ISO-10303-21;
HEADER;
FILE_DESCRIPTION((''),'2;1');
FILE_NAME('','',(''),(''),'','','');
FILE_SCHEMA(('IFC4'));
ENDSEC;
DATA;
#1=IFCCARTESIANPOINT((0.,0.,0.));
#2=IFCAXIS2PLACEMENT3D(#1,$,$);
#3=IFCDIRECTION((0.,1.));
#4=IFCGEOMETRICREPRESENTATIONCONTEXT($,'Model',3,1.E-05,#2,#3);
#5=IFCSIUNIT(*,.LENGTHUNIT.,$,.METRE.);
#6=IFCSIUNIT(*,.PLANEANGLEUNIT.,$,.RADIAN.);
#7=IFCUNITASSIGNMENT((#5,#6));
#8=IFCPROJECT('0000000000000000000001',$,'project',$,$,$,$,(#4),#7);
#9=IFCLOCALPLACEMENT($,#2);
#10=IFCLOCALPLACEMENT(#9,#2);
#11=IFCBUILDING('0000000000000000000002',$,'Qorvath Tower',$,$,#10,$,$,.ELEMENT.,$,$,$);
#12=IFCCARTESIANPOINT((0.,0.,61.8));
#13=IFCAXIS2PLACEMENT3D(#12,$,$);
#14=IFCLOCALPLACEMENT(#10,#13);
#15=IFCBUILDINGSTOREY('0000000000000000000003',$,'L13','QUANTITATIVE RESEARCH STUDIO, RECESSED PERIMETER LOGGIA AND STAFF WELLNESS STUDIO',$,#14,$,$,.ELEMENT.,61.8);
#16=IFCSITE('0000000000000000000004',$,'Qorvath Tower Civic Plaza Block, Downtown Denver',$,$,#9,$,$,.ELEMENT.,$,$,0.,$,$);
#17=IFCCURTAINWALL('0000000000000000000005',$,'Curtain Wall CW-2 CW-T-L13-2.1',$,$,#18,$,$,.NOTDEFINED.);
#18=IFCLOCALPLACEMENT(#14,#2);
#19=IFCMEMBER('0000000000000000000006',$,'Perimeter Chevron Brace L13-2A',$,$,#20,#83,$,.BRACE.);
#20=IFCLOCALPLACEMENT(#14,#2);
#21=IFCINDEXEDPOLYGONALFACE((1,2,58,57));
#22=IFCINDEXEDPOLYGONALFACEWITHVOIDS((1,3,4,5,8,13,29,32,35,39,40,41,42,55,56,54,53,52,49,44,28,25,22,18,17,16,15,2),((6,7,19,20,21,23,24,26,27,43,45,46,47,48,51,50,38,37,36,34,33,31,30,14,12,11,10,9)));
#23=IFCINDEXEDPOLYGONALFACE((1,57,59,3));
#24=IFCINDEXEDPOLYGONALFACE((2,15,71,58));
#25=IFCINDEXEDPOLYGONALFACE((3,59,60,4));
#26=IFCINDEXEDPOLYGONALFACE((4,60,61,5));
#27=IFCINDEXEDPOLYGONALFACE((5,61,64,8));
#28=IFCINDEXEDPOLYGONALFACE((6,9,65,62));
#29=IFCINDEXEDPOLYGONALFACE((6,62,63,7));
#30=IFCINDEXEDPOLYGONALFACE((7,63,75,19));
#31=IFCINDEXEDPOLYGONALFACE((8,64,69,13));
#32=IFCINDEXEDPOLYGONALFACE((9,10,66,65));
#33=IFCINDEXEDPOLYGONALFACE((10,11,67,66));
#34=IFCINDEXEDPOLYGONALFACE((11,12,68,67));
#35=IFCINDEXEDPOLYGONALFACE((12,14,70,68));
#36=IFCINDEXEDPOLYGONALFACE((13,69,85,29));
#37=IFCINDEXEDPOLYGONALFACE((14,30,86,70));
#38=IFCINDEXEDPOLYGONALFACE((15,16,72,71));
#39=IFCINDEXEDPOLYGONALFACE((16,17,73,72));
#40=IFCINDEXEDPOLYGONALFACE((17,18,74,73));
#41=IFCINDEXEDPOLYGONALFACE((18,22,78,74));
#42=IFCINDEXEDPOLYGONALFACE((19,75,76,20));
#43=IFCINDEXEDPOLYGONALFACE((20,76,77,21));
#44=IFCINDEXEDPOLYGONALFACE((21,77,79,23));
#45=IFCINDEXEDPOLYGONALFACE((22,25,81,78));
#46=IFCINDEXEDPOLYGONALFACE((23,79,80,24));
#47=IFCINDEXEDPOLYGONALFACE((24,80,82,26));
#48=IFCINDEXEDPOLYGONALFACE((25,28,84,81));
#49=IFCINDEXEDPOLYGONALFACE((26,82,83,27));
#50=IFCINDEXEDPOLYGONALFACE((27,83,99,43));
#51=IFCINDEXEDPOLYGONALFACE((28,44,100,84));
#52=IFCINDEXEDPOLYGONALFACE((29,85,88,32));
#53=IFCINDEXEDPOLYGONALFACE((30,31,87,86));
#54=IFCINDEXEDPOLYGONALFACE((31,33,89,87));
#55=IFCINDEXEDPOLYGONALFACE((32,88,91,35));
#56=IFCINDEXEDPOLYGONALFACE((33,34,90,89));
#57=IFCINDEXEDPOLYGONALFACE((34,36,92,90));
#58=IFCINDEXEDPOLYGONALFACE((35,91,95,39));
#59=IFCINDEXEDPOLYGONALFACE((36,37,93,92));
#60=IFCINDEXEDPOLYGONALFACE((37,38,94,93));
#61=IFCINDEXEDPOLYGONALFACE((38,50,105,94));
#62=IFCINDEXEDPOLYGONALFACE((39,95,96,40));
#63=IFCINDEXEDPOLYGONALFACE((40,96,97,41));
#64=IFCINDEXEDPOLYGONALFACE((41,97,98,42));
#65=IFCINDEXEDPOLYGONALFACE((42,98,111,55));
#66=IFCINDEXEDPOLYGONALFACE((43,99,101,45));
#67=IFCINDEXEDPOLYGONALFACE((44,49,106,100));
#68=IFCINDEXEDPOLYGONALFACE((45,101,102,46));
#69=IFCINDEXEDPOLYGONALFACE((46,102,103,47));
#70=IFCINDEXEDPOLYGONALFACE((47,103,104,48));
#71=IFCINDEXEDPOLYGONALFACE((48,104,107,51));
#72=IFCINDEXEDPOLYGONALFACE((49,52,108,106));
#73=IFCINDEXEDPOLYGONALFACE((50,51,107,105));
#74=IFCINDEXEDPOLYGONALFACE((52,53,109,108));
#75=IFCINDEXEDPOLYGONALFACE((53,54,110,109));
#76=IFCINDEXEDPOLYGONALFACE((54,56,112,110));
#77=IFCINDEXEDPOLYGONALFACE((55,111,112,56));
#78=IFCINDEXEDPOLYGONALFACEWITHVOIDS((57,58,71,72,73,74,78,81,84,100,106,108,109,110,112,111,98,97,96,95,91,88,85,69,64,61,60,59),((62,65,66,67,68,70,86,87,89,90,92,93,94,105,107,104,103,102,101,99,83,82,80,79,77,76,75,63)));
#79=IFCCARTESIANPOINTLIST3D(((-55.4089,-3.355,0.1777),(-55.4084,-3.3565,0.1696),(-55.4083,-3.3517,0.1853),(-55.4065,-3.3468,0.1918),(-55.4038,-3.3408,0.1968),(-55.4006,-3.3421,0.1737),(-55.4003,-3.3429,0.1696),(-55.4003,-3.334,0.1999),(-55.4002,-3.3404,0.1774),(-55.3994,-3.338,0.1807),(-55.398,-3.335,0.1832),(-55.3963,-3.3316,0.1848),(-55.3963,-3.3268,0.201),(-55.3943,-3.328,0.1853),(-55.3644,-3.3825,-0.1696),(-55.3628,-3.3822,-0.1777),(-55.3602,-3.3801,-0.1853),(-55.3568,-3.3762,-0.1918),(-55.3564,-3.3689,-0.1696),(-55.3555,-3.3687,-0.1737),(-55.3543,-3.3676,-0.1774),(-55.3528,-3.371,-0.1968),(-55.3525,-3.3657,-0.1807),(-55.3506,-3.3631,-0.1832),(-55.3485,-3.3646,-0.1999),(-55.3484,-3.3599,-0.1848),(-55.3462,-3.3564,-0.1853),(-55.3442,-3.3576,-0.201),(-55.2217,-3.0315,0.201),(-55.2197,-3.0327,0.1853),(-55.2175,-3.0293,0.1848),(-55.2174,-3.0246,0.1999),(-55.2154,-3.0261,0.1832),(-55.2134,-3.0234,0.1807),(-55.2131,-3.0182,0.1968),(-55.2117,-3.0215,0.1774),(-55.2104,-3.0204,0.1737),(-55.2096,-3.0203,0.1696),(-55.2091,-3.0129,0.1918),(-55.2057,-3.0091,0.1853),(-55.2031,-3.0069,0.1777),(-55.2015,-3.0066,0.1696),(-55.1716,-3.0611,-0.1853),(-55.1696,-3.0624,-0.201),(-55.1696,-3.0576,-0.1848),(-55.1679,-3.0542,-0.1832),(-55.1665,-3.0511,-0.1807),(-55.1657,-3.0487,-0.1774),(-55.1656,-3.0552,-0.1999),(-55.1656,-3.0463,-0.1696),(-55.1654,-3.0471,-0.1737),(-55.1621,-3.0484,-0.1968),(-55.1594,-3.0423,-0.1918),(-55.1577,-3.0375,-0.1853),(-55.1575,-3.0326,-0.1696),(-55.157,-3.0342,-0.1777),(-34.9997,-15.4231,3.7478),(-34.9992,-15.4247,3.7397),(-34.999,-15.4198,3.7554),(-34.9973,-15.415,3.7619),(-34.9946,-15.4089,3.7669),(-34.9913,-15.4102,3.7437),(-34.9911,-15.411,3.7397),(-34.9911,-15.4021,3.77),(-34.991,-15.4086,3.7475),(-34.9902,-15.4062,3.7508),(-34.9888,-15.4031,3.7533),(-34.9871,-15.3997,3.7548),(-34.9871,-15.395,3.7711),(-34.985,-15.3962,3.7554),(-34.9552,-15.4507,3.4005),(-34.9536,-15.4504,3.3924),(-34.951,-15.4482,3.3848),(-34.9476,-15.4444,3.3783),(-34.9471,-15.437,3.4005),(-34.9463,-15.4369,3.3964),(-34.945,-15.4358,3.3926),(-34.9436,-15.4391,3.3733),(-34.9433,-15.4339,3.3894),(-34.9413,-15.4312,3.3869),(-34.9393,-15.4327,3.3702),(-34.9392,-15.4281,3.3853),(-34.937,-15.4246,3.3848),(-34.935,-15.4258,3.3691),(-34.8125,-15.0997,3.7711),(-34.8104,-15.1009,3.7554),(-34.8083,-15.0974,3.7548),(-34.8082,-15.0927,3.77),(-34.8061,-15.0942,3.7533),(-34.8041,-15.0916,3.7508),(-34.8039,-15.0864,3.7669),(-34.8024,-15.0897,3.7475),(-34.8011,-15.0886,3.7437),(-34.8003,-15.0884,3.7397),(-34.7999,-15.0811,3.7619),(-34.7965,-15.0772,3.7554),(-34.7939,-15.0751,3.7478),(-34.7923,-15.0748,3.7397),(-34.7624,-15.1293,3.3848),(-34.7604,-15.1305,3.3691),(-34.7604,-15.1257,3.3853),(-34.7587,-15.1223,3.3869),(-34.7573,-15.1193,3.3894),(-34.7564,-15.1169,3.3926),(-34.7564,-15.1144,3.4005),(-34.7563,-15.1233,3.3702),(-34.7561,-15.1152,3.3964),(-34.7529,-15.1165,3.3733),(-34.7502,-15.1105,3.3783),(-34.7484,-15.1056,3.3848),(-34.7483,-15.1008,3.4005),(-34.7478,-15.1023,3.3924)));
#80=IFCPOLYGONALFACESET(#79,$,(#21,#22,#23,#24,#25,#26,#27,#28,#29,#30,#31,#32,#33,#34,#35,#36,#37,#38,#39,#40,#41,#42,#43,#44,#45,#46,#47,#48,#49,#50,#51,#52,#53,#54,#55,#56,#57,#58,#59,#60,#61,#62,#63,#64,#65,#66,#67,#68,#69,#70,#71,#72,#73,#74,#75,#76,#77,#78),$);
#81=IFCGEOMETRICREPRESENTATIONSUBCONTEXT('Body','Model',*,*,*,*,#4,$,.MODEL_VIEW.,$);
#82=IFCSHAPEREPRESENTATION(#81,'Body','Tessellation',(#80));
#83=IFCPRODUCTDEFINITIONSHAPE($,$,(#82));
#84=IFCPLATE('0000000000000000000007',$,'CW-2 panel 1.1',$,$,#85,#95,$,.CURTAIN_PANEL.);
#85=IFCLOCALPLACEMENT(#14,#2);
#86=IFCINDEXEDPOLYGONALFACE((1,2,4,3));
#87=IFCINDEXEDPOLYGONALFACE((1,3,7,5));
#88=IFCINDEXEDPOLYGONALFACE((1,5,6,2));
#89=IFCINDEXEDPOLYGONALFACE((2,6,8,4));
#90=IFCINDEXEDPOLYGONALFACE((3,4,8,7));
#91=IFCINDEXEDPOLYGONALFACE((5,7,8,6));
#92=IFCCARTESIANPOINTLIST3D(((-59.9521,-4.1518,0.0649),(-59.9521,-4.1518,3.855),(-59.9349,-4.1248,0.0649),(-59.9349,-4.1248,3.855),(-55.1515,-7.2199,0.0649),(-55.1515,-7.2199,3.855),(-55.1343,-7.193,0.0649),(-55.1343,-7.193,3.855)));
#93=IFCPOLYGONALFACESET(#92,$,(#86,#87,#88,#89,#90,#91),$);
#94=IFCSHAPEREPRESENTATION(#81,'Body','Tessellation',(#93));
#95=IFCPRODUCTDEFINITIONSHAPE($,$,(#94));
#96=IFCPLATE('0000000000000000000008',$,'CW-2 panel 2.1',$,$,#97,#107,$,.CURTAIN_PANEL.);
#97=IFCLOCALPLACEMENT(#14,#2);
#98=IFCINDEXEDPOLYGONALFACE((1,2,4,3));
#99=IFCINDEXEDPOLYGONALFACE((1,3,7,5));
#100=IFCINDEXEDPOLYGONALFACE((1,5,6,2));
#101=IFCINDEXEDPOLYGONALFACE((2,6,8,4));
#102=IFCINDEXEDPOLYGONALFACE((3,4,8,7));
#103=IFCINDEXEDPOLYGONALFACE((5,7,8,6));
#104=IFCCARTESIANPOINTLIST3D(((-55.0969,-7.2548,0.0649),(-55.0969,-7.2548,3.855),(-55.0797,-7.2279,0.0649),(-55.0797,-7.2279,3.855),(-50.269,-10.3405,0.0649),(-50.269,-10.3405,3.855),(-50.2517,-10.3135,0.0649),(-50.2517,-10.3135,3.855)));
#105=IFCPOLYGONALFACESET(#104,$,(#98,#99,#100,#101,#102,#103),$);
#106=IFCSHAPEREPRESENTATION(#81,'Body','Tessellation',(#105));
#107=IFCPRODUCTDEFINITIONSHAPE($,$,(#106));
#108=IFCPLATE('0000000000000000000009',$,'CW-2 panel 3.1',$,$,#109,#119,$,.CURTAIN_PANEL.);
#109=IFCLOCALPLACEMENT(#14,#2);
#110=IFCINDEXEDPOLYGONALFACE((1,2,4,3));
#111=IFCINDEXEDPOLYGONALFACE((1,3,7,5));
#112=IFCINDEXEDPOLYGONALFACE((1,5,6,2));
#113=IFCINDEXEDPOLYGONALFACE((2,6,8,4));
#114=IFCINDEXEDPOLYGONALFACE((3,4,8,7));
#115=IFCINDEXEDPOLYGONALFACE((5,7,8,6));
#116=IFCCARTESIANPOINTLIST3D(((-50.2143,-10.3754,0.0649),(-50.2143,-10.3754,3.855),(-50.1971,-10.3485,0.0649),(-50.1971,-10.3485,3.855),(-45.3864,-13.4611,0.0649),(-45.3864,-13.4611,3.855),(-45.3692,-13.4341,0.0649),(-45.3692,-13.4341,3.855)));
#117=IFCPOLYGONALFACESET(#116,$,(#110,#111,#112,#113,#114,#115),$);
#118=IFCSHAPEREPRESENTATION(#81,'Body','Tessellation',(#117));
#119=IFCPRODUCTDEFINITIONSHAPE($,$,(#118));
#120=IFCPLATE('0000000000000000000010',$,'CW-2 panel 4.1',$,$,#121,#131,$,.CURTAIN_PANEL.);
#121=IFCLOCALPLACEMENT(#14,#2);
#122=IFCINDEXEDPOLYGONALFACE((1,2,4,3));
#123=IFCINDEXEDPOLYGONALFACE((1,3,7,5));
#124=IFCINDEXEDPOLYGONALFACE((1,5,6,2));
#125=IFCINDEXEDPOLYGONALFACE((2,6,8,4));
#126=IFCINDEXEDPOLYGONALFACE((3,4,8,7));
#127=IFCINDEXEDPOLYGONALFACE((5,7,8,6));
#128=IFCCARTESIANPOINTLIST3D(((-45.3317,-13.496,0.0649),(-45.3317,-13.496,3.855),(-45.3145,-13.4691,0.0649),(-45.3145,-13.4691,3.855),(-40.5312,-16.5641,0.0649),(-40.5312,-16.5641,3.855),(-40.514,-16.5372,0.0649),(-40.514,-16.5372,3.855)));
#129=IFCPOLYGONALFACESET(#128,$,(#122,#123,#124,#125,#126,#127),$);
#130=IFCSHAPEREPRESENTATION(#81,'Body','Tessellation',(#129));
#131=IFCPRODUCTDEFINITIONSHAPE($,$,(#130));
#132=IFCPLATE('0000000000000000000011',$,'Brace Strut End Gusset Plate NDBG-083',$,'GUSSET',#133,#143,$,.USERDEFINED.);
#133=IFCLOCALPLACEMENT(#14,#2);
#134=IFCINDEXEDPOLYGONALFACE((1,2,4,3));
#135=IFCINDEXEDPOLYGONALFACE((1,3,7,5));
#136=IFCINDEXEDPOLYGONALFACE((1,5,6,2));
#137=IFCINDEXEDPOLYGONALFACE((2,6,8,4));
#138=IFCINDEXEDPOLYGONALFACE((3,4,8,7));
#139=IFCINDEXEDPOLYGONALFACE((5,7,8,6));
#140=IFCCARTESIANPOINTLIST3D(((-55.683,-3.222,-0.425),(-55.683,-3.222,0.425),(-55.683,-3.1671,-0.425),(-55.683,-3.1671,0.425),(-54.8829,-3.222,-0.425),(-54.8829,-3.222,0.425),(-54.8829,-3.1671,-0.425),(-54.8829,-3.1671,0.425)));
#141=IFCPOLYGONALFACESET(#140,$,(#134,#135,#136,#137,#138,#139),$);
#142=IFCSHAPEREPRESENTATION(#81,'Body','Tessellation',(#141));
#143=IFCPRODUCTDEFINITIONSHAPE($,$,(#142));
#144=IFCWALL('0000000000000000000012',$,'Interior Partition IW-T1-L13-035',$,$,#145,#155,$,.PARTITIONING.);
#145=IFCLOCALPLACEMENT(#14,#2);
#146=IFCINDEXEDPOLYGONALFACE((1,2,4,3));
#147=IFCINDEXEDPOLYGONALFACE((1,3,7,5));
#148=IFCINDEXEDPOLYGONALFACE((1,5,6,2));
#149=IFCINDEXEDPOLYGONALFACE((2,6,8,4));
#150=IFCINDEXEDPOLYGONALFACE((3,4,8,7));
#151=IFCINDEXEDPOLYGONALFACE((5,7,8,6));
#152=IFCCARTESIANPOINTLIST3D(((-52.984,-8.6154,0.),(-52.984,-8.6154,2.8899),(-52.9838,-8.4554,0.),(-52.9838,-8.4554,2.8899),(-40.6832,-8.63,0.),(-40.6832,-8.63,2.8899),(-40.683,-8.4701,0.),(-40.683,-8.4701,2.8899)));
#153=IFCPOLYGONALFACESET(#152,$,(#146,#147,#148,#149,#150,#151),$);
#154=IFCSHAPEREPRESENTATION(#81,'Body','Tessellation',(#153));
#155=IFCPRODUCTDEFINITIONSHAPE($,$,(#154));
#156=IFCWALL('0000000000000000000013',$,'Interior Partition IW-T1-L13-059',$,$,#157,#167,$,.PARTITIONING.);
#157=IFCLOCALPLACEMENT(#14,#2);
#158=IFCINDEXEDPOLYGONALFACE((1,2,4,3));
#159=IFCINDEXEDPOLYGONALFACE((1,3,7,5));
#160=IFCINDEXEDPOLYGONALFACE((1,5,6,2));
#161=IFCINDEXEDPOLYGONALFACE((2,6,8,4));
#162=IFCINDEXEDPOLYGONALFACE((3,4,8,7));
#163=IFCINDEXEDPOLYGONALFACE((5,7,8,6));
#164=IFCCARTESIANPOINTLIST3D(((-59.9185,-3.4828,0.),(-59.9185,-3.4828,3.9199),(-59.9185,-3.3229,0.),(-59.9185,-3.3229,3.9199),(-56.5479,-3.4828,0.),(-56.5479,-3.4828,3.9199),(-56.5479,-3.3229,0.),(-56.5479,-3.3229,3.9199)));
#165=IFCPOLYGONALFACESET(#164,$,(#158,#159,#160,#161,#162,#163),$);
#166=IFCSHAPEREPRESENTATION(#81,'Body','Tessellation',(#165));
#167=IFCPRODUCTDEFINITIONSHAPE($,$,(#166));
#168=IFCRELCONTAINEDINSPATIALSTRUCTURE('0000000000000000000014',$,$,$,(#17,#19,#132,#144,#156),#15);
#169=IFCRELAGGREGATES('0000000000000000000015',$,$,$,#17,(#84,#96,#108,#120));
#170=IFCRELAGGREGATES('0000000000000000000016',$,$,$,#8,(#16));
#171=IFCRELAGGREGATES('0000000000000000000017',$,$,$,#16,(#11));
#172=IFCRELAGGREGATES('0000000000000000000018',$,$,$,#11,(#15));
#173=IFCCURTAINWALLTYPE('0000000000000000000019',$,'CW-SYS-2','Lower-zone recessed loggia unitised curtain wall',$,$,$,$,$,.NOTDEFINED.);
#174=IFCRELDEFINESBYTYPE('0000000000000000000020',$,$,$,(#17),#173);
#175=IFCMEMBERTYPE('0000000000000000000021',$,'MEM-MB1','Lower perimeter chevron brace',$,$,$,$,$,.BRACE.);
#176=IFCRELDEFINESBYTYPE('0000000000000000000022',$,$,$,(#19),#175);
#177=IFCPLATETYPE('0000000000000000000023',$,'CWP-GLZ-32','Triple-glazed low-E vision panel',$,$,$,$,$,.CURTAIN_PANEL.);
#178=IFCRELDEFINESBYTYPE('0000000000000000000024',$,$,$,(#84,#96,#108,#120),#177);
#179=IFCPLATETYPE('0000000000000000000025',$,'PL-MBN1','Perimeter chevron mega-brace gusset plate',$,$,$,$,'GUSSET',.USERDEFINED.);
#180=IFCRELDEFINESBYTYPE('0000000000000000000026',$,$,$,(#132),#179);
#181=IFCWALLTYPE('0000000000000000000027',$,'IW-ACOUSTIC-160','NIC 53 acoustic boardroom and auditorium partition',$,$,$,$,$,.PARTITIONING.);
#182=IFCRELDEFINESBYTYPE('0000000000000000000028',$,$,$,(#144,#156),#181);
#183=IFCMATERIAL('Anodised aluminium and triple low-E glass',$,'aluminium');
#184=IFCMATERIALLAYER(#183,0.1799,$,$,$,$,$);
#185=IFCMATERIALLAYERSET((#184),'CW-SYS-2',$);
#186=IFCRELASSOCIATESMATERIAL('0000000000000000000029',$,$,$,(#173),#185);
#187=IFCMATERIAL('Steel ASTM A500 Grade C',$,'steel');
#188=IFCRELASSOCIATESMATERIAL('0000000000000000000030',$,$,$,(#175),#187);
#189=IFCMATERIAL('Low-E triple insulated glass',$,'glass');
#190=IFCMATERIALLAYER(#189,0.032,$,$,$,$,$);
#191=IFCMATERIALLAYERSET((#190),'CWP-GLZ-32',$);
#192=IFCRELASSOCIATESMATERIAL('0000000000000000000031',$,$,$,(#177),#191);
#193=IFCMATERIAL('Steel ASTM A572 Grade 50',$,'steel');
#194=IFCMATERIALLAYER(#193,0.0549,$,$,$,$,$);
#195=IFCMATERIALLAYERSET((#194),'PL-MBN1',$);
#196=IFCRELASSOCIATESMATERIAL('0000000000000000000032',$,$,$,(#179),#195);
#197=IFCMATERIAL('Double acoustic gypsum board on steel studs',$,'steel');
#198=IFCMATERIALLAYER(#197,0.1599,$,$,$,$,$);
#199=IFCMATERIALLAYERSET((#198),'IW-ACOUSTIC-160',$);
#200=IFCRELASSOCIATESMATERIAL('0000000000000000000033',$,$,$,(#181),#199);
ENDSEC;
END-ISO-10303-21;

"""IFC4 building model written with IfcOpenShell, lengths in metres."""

from ifc_helpers import new_model, si_unit, direction, frame, frame_2d, origin, origin_2d, place, context, subcontext, project, spatial, rectangle, hollow_rectangle, extrude, material, layer, layer_set, material_profile, profile_set, type_object, element, aggregate, save


model = new_model("IFC4")

# Units and contexts
model_context = context("Model", 3, precision=1e-05, world=origin(), true_north=direction((0.0, 1.0)))
body_context = subcontext(model_context, "Body", "Model", "MODEL_VIEW")
ifc_project = project(units=[si_unit("LENGTHUNIT", "METRE"), si_unit("PLANEANGLEUNIT", "RADIAN")], contexts=[model_context])

# Site, building, storey
site_placement = place(None, origin())
site = spatial("IfcSite", under=ifc_project, at=site_placement, Name="Qorvath Tower Civic Plaza Block, Downtown Denver", CompositionType="ELEMENT", RefElevation=0.0)
building_placement = place(site_placement, origin())
building = spatial("IfcBuilding", under=site, at=building_placement, Name="Qorvath Tower", CompositionType="ELEMENT")
storey_placement = place(building_placement, frame((0.0, 0.0, 61.8)))
storey = spatial("IfcBuildingStorey", under=building, at=storey_placement, Name="L13", Description="QUANTITATIVE RESEARCH STUDIO, RECESSED PERIMETER LOGGIA AND STAFF WELLNESS STUDIO", CompositionType="ELEMENT", Elevation=61.8)

# Curtain wall
ifc_material_1 = material(Name="Anodised aluminium and triple low-E glass", Category="aluminium")
ifc_layer_1 = layer(ifc_material_1, 0.1799)
ifc_layer_set_1 = layer_set([ifc_layer_1], Name="CW-SYS-2")
curtain_wall_type = type_object("IfcCurtainWallType", Name="CW-SYS-2", Description="Lower-zone recessed loggia unitised curtain wall", PredefinedType="NOTDEFINED", material=ifc_layer_set_1)
curtain_wall_placement = place(storey_placement, origin())
curtain_wall = element("IfcCurtainWall", 1, at=curtain_wall_placement, inside=storey, type_object=curtain_wall_type, Name="Curtain Wall CW-2 CW-T-L13-2.1", PredefinedType="NOTDEFINED")

# Member
ifc_material_2 = material(Name="Steel ASTM A500 Grade C", Category="steel")
ifc_material_profile_1 = material_profile(ifc_material_2, hollow_rectangle(XDim=0.4065, YDim=0.4065, WallThickness=0.0159, InnerFilletRadius=0.0159, OuterFilletRadius=0.0317, at=origin_2d()), Name="HSS 406x406x16")
ifc_profile_set_1 = profile_set([ifc_material_profile_1], Name="Steel ASTM A500 Grade C")
member_type_1 = type_object("IfcMemberType", Name="MEM-MB1", Description="Lower perimeter chevron brace", PredefinedType="BRACE", material=ifc_profile_set_1)
member_1_placement = place(storey_placement, frame((-55.283, -3.1946, 0.0), z_axis=(0.851181, -0.50331, 0.148893), x_axis=(0.508984, 0.860776, 0.0)))
element("IfcMember", 2, at=member_1_placement, inside=storey, type_object=member_type_1, Name="Perimeter Chevron Brace L13-2A", PredefinedType="BRACE", context=body_context, shape_type="SweptSolid", body=[
    extrude(hollow_rectangle(XDim=0.4065, YDim=0.4065, WallThickness=0.0159, InnerFilletRadius=0.0159, OuterFilletRadius=0.0317, at=origin_2d()), origin(), (0.0, 0.0, 1.0), 23.9775),
])

# Plates
ifc_material_3 = material(Name="Low-E triple insulated glass", Category="glass")
ifc_layer_2 = layer(ifc_material_3, 0.032)
ifc_layer_set_2 = layer_set([ifc_layer_2], Name="CWP-GLZ-32")
plate_type_1 = type_object("IfcPlateType", Name="CWP-GLZ-32", Description="Triple-glazed low-E vision panel", PredefinedType="CURTAIN_PANEL", material=ifc_layer_set_2)
plate_1_placement = place(storey_placement, frame((-57.5432, -5.6724, 0.0649), z_axis=(0.0, 0.0, 1.0), x_axis=(0.842607, -0.53853, 0.0)))
plate_1 = element("IfcPlate", 3, at=plate_1_placement, type_object=plate_type_1, Name="CW-2 panel 1.1", PredefinedType="CURTAIN_PANEL", context=body_context, shape_type="SweptSolid", body=[
    extrude(rectangle(XDim=5.6973, YDim=0.032, at=origin_2d()), origin(), (0.0, 0.0, 1.0), 3.79),
])
plate_2_placement = place(storey_placement, frame((-52.6743, -8.7842, 0.0649), z_axis=(0.0, 0.0, 1.0), x_axis=(0.842607, -0.53853, 0.0)))
plate_2 = element("IfcPlate", 4, at=plate_2_placement, type_object=plate_type_1, Name="CW-2 panel 2.1", PredefinedType="CURTAIN_PANEL", context=body_context, shape_type="SweptSolid", body=[
    extrude(rectangle(XDim=5.7297, YDim=0.032, at=origin_2d()), origin(), (0.0, 0.0, 1.0), 3.79),
])
plate_3_placement = place(storey_placement, frame((-47.7917, -11.9048, 0.0649), z_axis=(0.0, 0.0, 1.0), x_axis=(0.842607, -0.53853, 0.0)))
plate_3 = element("IfcPlate", 5, at=plate_3_placement, type_object=plate_type_1, Name="CW-2 panel 3.1", PredefinedType="CURTAIN_PANEL", context=body_context, shape_type="SweptSolid", body=[
    extrude(rectangle(XDim=5.7297, YDim=0.032, at=origin_2d()), origin(), (0.0, 0.0, 1.0), 3.79),
])
plate_4_placement = place(storey_placement, frame((-42.9229, -15.0166, 0.0649), z_axis=(0.0, 0.0, 1.0), x_axis=(0.842607, -0.53853, 0.0)))
plate_4 = element("IfcPlate", 6, at=plate_4_placement, type_object=plate_type_1, Name="CW-2 panel 4.1", PredefinedType="CURTAIN_PANEL", context=body_context, shape_type="SweptSolid", body=[
    extrude(rectangle(XDim=5.6973, YDim=0.032, at=origin_2d()), origin(), (0.0, 0.0, 1.0), 3.79),
])
aggregate(curtain_wall, [plate_1, plate_2, plate_3, plate_4])
ifc_material_4 = material(Name="Steel ASTM A572 Grade 50", Category="steel")
ifc_layer_3 = layer(ifc_material_4, 0.0549)
ifc_layer_set_3 = layer_set([ifc_layer_3], Name="PL-MBN1")
plate_type_2 = type_object("IfcPlateType", Name="PL-MBN1", Description="Perimeter chevron mega-brace gusset plate", ElementType="GUSSET", PredefinedType="USERDEFINED", material=ifc_layer_set_3)
plate_5_placement = place(storey_placement, frame((-55.283, -3.1946, -0.425), z_axis=(0.0, 0.0, 1.0), x_axis=(1.0, 0.0, 0.0)))
element("IfcPlate", 7, at=plate_5_placement, inside=storey, type_object=plate_type_2, Name="Brace Strut End Gusset Plate NDBG-083", ObjectType="GUSSET", PredefinedType="USERDEFINED", context=body_context, shape_type="SweptSolid", body=[
    extrude(rectangle(XDim=0.8, YDim=0.0549, at=origin_2d()), origin(), (0.0, 0.0, 1.0), 0.8501),
])

# Walls
ifc_material_5 = material(Name="Double acoustic gypsum board on steel studs", Category="steel")
ifc_layer_4 = layer(ifc_material_5, 0.1599)
ifc_layer_set_4 = layer_set([ifc_layer_4], Name="IW-ACOUSTIC-160")
wall_type_1 = type_object("IfcWallType", Name="IW-ACOUSTIC-160", Description="NIC 53 acoustic boardroom and auditorium partition", PredefinedType="PARTITIONING", material=ifc_layer_set_4)
wall_1_placement = place(storey_placement, frame((-40.6831, -8.55, 0.0), z_axis=(0.0, 0.0, 1.0), x_axis=(-0.999999, 0.001191, 0.0)))
element("IfcWall", 8, at=wall_1_placement, inside=storey, type_object=wall_type_1, Name="Interior Partition IW-T1-L13-035", PredefinedType="PARTITIONING", context=body_context, shape_type="SweptSolid", body=[
    extrude(rectangle(XDim=12.3008, YDim=0.1599, at=frame_2d((6.1504, 0.0))), origin(), (0.0, 0.0, 1.0), 2.8899),
])
wall_2_placement = place(storey_placement, frame((-56.5479, -3.4028, 0.0), z_axis=(0.0, 0.0, 1.0), x_axis=(-1.0, 0.0, 0.0)))
element("IfcWall", 9, at=wall_2_placement, inside=storey, type_object=wall_type_1, Name="Interior Partition IW-T1-L13-059", PredefinedType="PARTITIONING", context=body_context, shape_type="SweptSolid", body=[
    extrude(rectangle(XDim=3.3706, YDim=0.1599, at=frame_2d((1.6853, 0.0))), origin(), (0.0, 0.0, 1.0), 3.9199),
])

save(model, "model.ifc")
